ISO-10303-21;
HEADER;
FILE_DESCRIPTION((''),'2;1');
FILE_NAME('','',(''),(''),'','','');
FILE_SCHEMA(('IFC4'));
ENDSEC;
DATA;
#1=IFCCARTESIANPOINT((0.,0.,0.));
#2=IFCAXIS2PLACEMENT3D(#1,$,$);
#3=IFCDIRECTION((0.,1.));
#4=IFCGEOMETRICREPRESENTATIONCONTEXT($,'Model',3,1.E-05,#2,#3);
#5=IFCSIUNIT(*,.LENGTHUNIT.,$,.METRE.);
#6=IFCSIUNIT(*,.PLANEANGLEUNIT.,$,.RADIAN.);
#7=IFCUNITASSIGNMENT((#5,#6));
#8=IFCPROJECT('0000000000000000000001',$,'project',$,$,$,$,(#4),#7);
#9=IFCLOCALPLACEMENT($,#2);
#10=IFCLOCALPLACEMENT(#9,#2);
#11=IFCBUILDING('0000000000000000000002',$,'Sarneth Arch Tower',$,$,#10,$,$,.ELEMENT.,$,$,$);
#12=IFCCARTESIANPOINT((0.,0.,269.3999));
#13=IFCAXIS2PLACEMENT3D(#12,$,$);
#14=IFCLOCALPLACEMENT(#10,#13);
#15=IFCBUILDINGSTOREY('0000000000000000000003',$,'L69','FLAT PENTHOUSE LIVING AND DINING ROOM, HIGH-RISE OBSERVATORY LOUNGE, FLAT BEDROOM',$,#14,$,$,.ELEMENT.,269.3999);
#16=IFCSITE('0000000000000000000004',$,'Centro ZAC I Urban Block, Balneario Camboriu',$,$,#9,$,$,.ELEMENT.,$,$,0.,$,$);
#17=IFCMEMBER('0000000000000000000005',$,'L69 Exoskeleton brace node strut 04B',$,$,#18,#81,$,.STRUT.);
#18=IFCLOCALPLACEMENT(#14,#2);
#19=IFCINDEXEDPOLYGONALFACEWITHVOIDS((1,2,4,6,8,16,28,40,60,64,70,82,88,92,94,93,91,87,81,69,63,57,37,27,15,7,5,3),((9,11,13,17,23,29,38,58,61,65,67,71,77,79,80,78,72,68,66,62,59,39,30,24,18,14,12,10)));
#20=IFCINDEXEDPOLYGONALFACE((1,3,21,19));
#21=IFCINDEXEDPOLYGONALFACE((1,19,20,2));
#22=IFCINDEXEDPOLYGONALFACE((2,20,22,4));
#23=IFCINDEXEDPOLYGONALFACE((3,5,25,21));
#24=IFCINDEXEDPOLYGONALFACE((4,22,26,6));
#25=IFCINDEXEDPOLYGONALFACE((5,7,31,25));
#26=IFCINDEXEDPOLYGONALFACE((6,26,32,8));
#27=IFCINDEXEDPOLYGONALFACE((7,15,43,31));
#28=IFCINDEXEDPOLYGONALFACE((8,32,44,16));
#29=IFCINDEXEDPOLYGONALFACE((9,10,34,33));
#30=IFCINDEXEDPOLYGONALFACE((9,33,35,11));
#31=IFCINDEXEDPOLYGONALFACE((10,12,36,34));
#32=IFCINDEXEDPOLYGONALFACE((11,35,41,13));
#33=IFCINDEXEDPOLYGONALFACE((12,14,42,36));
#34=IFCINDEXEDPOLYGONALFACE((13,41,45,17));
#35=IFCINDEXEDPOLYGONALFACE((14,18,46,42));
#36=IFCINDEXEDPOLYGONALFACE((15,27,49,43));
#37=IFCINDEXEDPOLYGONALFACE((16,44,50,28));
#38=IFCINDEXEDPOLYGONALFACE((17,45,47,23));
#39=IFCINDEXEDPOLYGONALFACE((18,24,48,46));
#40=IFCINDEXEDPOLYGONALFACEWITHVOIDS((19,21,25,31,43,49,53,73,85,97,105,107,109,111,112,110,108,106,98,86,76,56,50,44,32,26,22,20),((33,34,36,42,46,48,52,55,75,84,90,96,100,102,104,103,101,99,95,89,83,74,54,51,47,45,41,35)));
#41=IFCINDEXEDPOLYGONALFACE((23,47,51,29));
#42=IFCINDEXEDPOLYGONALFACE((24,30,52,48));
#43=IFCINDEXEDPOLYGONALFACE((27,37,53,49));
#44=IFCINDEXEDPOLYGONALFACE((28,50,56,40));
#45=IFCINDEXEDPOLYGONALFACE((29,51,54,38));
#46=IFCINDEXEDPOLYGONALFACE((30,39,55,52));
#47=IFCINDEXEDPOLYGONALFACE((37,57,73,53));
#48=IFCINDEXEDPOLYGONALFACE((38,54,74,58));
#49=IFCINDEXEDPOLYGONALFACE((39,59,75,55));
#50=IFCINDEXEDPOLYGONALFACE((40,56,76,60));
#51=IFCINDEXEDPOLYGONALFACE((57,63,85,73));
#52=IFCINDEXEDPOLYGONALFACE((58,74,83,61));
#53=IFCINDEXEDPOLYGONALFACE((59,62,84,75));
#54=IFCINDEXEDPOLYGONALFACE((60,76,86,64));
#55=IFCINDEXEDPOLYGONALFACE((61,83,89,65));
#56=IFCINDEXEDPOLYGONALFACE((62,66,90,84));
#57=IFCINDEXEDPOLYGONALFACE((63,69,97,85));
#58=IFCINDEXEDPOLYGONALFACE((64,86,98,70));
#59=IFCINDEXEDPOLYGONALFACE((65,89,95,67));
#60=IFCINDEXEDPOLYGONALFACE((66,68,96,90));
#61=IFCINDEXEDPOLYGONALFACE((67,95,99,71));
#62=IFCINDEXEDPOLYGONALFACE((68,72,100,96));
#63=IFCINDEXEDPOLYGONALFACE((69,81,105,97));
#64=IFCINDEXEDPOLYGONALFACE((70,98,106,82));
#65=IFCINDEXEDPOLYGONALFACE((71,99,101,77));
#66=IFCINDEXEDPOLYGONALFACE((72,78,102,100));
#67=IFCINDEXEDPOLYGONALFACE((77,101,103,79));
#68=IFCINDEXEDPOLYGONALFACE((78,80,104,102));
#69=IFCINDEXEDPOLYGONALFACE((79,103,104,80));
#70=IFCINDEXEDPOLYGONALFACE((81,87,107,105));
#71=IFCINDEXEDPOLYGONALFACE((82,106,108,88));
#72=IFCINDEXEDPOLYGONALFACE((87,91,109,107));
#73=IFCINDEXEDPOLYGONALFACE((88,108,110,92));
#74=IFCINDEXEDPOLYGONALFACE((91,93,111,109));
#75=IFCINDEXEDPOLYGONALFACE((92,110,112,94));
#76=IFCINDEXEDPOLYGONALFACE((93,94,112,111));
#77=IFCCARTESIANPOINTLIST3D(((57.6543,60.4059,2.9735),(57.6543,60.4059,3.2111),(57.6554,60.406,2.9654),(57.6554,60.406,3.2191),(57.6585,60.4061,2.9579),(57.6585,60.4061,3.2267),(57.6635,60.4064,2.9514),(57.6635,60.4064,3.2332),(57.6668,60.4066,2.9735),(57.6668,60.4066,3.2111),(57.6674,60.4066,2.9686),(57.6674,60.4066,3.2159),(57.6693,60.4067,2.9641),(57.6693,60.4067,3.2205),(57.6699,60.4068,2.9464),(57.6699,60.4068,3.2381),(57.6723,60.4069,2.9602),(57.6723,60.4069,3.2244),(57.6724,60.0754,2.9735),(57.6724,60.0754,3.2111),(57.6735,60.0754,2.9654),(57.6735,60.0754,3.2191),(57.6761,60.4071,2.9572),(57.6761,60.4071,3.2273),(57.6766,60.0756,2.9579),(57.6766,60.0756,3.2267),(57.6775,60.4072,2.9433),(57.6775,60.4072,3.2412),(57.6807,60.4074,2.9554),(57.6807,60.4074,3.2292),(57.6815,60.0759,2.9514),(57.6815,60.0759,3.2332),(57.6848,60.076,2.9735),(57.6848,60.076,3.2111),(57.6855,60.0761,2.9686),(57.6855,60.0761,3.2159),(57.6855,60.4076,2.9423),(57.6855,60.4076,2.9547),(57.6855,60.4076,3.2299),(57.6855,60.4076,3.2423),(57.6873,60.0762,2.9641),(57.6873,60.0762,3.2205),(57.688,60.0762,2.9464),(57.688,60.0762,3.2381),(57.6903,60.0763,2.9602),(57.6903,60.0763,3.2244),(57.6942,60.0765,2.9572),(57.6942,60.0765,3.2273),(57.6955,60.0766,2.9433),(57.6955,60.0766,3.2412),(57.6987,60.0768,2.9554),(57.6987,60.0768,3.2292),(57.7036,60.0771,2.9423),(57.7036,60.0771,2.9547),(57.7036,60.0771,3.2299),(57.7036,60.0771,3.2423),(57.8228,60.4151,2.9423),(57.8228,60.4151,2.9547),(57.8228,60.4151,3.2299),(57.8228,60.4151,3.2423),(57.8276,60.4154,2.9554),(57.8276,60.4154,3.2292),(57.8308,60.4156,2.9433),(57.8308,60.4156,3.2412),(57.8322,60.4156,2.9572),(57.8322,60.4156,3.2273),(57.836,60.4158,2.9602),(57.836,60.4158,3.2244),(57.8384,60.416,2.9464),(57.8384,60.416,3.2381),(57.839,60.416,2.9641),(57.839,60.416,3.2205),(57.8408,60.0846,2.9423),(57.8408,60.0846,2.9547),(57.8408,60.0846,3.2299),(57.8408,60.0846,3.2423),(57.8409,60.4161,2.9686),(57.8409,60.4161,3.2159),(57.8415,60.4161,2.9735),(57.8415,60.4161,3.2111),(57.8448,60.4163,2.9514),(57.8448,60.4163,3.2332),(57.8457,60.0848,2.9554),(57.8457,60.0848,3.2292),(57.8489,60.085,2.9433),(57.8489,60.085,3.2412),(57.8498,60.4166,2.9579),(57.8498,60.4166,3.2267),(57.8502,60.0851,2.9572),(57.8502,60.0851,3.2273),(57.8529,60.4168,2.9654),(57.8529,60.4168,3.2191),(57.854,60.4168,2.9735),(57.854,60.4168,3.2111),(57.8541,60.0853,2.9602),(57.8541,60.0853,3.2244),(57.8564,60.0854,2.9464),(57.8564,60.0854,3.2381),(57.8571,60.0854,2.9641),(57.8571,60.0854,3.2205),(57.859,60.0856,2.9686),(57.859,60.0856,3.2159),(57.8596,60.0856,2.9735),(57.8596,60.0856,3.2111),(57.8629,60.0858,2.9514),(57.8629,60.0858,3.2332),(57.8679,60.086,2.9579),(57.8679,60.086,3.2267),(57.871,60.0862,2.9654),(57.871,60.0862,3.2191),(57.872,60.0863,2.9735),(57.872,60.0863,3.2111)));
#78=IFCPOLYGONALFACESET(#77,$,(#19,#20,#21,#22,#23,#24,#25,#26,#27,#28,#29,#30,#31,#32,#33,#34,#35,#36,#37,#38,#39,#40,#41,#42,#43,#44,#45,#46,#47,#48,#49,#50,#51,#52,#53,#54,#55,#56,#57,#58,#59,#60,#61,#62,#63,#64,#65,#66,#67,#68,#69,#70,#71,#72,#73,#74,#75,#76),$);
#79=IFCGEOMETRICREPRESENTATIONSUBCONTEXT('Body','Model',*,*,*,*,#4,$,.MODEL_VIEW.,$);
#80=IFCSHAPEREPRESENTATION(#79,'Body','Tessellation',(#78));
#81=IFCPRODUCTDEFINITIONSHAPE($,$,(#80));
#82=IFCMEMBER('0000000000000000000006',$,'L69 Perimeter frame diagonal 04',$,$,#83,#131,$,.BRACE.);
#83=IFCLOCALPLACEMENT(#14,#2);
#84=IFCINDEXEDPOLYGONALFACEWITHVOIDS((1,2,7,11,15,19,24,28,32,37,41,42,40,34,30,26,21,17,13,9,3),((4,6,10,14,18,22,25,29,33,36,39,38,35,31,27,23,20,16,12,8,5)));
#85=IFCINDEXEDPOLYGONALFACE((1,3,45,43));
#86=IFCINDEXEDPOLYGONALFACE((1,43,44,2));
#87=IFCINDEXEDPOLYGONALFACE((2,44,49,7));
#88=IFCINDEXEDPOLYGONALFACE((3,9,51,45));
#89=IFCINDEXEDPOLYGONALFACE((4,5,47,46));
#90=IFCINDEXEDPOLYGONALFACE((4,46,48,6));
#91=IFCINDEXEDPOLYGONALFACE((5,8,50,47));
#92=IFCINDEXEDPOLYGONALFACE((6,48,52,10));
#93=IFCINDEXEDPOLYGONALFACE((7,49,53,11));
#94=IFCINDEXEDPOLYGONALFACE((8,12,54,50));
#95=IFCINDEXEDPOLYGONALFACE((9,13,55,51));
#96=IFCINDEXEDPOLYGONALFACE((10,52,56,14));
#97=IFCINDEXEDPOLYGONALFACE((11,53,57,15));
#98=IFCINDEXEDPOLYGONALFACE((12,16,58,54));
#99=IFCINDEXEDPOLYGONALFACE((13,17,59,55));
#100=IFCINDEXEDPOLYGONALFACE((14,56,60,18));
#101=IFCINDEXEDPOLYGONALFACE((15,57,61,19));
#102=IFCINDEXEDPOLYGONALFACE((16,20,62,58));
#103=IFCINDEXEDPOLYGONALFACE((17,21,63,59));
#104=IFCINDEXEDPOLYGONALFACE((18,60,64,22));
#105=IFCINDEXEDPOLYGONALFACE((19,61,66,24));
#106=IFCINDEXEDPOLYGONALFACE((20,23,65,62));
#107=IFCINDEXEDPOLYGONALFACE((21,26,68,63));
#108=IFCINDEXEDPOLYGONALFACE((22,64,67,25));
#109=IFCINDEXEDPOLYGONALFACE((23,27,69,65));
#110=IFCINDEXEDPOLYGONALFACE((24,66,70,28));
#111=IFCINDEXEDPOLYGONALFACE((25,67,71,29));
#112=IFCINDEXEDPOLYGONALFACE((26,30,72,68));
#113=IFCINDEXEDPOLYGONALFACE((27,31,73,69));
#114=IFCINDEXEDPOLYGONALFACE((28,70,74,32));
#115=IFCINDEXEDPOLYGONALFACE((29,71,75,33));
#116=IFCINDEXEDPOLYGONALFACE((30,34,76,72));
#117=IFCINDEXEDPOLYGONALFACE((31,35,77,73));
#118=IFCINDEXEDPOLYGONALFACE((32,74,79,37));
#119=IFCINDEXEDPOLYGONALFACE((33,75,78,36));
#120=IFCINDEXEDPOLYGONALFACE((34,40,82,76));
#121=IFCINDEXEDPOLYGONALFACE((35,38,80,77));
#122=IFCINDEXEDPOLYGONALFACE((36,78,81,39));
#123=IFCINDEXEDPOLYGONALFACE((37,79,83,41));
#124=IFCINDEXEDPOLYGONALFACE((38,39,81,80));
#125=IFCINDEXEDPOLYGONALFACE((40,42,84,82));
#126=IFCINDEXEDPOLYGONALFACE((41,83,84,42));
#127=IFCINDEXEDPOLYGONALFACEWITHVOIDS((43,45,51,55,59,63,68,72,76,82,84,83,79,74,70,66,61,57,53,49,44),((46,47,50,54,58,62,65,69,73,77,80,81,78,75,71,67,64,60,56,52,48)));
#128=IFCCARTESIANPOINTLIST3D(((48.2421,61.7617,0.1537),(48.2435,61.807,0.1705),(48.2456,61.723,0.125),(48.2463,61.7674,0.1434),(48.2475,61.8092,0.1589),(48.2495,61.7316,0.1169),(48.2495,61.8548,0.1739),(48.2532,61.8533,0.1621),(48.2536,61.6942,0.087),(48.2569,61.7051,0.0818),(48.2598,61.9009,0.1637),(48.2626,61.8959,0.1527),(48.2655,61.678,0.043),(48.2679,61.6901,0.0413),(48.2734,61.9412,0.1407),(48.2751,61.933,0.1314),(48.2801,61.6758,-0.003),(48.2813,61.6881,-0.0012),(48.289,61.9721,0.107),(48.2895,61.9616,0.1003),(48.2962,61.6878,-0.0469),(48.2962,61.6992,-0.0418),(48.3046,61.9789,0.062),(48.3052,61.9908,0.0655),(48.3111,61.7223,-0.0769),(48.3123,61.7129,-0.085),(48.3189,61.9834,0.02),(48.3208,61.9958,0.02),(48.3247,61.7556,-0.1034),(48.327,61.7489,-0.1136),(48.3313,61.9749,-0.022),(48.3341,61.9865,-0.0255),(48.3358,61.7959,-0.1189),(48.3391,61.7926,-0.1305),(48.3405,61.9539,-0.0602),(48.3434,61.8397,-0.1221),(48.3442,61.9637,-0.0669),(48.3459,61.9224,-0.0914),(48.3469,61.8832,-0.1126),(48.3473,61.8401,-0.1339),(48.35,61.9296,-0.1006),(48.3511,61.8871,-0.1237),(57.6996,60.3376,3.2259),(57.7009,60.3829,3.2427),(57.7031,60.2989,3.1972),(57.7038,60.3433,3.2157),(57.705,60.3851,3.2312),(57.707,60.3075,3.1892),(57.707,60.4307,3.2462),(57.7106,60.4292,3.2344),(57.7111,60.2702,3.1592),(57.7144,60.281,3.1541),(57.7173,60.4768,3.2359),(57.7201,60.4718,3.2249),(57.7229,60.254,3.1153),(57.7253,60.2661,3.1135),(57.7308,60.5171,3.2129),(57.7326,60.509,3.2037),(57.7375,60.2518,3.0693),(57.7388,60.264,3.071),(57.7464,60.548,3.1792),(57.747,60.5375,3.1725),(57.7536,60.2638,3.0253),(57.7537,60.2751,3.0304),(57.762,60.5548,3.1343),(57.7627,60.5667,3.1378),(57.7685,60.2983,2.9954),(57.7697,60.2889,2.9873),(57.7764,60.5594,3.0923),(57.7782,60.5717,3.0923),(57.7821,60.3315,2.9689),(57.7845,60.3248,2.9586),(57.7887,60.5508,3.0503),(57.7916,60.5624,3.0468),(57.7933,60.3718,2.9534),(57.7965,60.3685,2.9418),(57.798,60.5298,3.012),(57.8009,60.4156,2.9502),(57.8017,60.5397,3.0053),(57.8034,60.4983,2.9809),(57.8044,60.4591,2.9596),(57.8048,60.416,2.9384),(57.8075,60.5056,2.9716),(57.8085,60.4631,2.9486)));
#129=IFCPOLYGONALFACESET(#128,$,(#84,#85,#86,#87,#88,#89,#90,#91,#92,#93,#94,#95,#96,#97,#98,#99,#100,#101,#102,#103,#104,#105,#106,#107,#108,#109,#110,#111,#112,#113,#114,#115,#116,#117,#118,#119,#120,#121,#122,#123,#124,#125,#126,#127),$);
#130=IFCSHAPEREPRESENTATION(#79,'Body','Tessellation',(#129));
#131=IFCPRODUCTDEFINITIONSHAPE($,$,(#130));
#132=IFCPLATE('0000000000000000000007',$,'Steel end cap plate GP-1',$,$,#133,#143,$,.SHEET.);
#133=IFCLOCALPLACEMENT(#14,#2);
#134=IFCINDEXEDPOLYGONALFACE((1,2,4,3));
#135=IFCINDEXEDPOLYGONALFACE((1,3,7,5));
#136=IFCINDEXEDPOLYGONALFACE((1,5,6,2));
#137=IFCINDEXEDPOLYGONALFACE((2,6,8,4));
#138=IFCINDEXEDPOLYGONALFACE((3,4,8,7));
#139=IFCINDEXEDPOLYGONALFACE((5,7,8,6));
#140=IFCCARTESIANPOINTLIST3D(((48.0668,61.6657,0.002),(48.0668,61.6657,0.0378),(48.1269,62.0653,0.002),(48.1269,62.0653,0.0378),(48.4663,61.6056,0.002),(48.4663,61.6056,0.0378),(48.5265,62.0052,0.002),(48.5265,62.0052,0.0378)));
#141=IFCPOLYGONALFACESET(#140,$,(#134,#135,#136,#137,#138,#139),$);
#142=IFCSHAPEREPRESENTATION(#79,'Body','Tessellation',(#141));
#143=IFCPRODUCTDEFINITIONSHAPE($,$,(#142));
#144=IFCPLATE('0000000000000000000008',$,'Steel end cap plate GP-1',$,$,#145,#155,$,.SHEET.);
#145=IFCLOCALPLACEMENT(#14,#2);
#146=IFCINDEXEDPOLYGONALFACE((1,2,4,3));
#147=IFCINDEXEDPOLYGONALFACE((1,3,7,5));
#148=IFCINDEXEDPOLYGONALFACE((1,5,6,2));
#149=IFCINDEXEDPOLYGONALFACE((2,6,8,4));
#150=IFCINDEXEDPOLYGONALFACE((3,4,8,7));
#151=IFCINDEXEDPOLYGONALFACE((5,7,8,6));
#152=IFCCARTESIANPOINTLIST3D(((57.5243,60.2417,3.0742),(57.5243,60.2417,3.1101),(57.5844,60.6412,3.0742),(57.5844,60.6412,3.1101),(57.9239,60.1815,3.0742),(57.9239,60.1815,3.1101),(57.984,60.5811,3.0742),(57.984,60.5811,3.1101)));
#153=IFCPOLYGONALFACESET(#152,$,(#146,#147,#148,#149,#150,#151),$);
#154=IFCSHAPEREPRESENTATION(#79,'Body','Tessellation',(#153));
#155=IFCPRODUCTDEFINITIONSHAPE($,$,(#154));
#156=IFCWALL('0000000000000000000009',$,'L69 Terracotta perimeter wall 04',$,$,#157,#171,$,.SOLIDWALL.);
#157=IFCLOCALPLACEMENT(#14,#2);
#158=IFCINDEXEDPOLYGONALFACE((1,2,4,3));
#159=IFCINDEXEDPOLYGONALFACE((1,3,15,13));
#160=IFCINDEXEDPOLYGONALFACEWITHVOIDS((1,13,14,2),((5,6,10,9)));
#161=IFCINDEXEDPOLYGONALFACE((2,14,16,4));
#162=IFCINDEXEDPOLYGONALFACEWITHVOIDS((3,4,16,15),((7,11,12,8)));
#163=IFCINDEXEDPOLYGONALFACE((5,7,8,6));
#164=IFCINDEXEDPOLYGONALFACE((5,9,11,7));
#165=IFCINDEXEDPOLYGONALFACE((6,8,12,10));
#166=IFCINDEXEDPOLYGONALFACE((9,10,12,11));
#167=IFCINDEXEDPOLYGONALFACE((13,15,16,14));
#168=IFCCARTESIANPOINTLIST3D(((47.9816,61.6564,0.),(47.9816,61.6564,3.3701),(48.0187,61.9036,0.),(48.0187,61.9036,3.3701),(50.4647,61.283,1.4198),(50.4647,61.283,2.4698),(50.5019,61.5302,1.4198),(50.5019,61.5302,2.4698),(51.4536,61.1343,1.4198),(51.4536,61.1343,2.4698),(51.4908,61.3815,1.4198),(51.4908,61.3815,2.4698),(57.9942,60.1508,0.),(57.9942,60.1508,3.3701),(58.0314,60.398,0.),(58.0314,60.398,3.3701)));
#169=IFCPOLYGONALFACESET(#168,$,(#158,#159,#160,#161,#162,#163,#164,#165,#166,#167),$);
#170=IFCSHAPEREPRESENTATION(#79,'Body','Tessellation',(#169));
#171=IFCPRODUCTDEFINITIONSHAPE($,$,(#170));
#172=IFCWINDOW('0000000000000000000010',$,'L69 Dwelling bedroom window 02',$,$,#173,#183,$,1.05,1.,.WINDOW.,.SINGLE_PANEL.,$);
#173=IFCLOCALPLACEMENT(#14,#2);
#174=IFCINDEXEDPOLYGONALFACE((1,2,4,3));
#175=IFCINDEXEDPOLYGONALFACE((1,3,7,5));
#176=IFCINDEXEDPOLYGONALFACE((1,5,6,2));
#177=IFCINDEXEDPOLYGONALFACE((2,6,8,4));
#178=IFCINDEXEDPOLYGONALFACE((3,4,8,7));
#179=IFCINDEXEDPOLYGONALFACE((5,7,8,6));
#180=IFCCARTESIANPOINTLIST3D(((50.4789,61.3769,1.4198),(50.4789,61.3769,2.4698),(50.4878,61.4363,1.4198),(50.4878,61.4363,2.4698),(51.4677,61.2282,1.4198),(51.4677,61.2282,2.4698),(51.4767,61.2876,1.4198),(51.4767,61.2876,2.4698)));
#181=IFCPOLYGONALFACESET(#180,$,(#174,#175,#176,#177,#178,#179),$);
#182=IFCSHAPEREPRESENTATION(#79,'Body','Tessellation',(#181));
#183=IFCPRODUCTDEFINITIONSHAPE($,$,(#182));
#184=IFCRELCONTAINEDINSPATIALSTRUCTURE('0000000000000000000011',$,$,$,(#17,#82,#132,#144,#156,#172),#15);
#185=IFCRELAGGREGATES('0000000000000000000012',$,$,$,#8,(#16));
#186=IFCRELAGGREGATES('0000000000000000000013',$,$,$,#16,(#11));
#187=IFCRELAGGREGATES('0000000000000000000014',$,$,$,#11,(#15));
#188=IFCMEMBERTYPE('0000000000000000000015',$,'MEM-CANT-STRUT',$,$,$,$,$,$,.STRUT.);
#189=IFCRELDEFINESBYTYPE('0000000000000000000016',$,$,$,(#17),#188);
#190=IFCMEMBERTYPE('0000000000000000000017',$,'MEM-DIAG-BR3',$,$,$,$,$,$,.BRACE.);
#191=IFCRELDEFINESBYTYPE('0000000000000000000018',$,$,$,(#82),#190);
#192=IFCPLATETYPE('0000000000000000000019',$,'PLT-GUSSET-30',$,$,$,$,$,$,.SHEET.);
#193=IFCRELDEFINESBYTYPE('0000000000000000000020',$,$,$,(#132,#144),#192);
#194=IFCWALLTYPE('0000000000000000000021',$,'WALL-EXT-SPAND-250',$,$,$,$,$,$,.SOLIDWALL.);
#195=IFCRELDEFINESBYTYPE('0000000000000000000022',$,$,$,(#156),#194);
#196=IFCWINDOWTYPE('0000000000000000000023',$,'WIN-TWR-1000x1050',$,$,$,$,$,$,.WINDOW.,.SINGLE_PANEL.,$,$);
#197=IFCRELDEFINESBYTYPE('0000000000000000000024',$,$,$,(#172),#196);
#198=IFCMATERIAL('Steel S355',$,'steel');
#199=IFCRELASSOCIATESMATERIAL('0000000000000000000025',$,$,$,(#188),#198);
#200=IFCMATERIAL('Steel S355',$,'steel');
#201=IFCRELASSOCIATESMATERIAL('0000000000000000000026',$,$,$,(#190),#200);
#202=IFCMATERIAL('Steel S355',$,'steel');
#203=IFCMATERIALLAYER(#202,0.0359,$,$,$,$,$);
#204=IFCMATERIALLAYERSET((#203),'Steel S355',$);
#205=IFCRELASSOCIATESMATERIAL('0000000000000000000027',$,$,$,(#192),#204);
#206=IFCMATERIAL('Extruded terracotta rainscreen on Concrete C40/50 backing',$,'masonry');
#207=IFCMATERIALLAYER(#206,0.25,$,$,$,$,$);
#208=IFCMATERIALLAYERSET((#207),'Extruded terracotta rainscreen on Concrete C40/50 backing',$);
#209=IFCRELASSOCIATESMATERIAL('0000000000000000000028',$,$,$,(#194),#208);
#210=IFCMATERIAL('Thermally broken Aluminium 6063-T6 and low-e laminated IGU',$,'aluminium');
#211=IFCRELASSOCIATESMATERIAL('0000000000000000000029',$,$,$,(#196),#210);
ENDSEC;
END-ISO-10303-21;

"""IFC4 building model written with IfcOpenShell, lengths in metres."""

from ifc_helpers import new_model, si_unit, direction, frame, frame_2d, origin, origin_2d, place, context, subcontext, project, spatial, rectangle, hollow_rectangle, hollow_circle, extrude, material, layer, layer_set, material_profile, profile_set, type_object, element, fill, save


model = new_model("IFC4")

# Units and contexts
model_context = context("Model", 3, precision=1e-05, world=origin(), true_north=direction((0.0, 1.0)))
body_context = subcontext(model_context, "Body", "Model", "MODEL_VIEW")
ifc_project = project(units=[si_unit("LENGTHUNIT", "METRE"), si_unit("PLANEANGLEUNIT", "RADIAN")], contexts=[model_context])

# Site, building, storey
site_placement = place(None, origin())
site = spatial("IfcSite", under=ifc_project, at=site_placement, Name="Centro ZAC I Urban Block, Balneario Camboriu", CompositionType="ELEMENT", RefElevation=0.0)
building_placement = place(site_placement, origin())
building = spatial("IfcBuilding", under=site, at=building_placement, Name="Sarneth Arch Tower", CompositionType="ELEMENT")
storey_placement = place(building_placement, frame((0.0, 0.0, 269.3999)))
storey = spatial("IfcBuildingStorey", under=building, at=storey_placement, Name="L69", Description="FLAT PENTHOUSE LIVING AND DINING ROOM, HIGH-RISE OBSERVATORY LOUNGE, FLAT BEDROOM", CompositionType="ELEMENT", Elevation=269.3999)

# Members
ifc_material_1 = material(Name="Steel S355", Category="steel")
ifc_material_profile_1 = material_profile(ifc_material_1, hollow_rectangle(XDim=0.2, YDim=0.3, WallThickness=0.0125, InnerFilletRadius=0.0188, OuterFilletRadius=0.0312, at=origin_2d()), Name="RHS300x200x12.5")
ifc_profile_set_1 = profile_set([ifc_material_profile_1], Name="Steel S355")
member_type_1 = type_object("IfcMemberType", Name="MEM-CANT-STRUT", PredefinedType="STRUT", material=ifc_profile_set_1)
member_1_placement = place(storey_placement, frame((57.7722, 60.0808, 3.0923), z_axis=(-0.054571, 0.99851, 0.0), x_axis=(-0.99851, -0.054571, 0.0)))
element("IfcMember", 1, at=member_1_placement, inside=storey, type_object=member_type_1, Name="L69 Exoskeleton brace node strut 04B", PredefinedType="STRUT", context=body_context, shape_type="SweptSolid", body=[
    extrude(hollow_rectangle(XDim=0.2, YDim=0.3, WallThickness=0.0125, InnerFilletRadius=0.0188, OuterFilletRadius=0.0312, at=origin_2d()), origin(), (0.0, 0.0, 1.0), 0.3311),
])
ifc_material_2 = material(Name="Steel S355", Category="steel")
ifc_material_profile_2 = material_profile(ifc_material_2, hollow_circle(Radius=0.1621, WallThickness=0.0125, at=origin_2d()), Name="CHS324x12.5")
ifc_profile_set_2 = profile_set([ifc_material_profile_2], Name="Steel S355")
member_type_2 = type_object("IfcMemberType", Name="MEM-DIAG-BR3", PredefinedType="BRACE", material=ifc_profile_set_2)
member_2_placement = place(storey_placement, frame((48.2966, 61.8354, 0.02), z_axis=(0.941471, -0.141763, 0.305836), x_axis=(0.148897, 0.988853, 0.0)))
element("IfcMember", 2, at=member_2_placement, inside=storey, type_object=member_type_2, Name="L69 Perimeter frame diagonal 04", PredefinedType="BRACE", context=body_context, shape_type="SweptSolid", body=[
    extrude(hollow_circle(Radius=0.1621, WallThickness=0.0125, at=origin_2d()), origin(), (0.0, 0.0, 1.0), 10.0454),
])

# Plates
ifc_material_3 = material(Name="Steel S355", Category="steel")
ifc_layer_1 = layer(ifc_material_3, 0.0359)
ifc_layer_set_1 = layer_set([ifc_layer_1], Name="Steel S355")
plate_type = type_object("IfcPlateType", Name="PLT-GUSSET-30", PredefinedType="SHEET", material=ifc_layer_set_1)
for number, where, z_axis, x_axis, name in (
    (3, (48.2966, 61.8354, 0.002), (0.0, 0.0, 1.0), (-0.988861, 0.148845, 0.0), "Steel end cap plate GP-1"),
    (4, (57.7542, 60.4114, 3.0742), (0.0, 0.0, 1.0), (-0.988861, 0.148845, 0.0), "Steel end cap plate GP-1"),
):
    element("IfcPlate", number, at=place(storey_placement, frame(where, z_axis=z_axis, x_axis=x_axis)), inside=storey, type_object=plate_type, Name=name, PredefinedType="SHEET", context=body_context, shape_type="SweptSolid", body=[
        extrude(rectangle(XDim=0.4041, YDim=0.4041, at=origin_2d()), origin(), (0.0, 0.0, 1.0), 0.0359),
    ])

# Wall, opening, window
ifc_material_4 = material(Name="Extruded terracotta rainscreen on Concrete C40/50 backing", Category="masonry")
ifc_layer_2 = layer(ifc_material_4, 0.25)
ifc_layer_set_2 = layer_set([ifc_layer_2], Name="Extruded terracotta rainscreen on Concrete C40/50 backing")
wall_type_1 = type_object("IfcWallType", Name="WALL-EXT-SPAND-250", PredefinedType="SOLIDWALL", material=ifc_layer_set_2)
wall_1_placement = place(storey_placement, frame((58.0127, 60.2744, 0.0), z_axis=(0.0, 0.0, 1.0), x_axis=(-0.988883, 0.148699, 0.0)))
wall_1 = element("IfcWall", 5, at=wall_1_placement, inside=storey, type_object=wall_type_1, Name="L69 Terracotta perimeter wall 04", PredefinedType="SOLIDWALL", context=body_context, shape_type="SweptSolid", body=[
    extrude(rectangle(XDim=10.1252, YDim=0.25, at=frame_2d((5.0625, 0.0))), origin(), (0.0, 0.0, 1.0), 3.3701),
])
opening_1_placement = place(wall_1_placement, frame((6.614, 0.0, 1.4199)))
opening_1 = element("IfcOpeningElement", 6, at=opening_1_placement, cuts=wall_1, PredefinedType="OPENING", context=body_context, shape_type="SweptSolid", body=[
    extrude(rectangle(XDim=1.0, YDim=1.05, at=frame_2d((0.5, 0.5249))), frame((0.0, 0.135, 0.0), z_axis=(0.0, -1.0, 0.0), x_axis=(1.0, 0.0, 0.0)), (0.0, 0.0, 1.0), 0.27),
])
ifc_material_5 = material(Name="Thermally broken Aluminium 6063-T6 and low-e laminated IGU", Category="aluminium")
window_type = type_object("IfcWindowType", Name="WIN-TWR-1000x1050", PartitioningType="SINGLE_PANEL", PredefinedType="WINDOW", material=ifc_material_5)
window_placement = place(opening_1_placement, origin())
window = element("IfcWindow", 7, at=window_placement, inside=storey, type_object=window_type, Name="L69 Dwelling bedroom window 02", OverallHeight=1.05, OverallWidth=1.0, PartitioningType="SINGLE_PANEL", PredefinedType="WINDOW", context=body_context, shape_type="SweptSolid", body=[
    extrude(rectangle(XDim=1.0, YDim=1.05, at=frame_2d((0.5, 0.5249))), frame((0.0, 0.03, 0.0), z_axis=(0.0, -1.0, 0.0), x_axis=(1.0, 0.0, 0.0)), (0.0, 0.0, 1.0), 0.0601),
])
fill(opening_1, window)

save(model, "model.ifc")
